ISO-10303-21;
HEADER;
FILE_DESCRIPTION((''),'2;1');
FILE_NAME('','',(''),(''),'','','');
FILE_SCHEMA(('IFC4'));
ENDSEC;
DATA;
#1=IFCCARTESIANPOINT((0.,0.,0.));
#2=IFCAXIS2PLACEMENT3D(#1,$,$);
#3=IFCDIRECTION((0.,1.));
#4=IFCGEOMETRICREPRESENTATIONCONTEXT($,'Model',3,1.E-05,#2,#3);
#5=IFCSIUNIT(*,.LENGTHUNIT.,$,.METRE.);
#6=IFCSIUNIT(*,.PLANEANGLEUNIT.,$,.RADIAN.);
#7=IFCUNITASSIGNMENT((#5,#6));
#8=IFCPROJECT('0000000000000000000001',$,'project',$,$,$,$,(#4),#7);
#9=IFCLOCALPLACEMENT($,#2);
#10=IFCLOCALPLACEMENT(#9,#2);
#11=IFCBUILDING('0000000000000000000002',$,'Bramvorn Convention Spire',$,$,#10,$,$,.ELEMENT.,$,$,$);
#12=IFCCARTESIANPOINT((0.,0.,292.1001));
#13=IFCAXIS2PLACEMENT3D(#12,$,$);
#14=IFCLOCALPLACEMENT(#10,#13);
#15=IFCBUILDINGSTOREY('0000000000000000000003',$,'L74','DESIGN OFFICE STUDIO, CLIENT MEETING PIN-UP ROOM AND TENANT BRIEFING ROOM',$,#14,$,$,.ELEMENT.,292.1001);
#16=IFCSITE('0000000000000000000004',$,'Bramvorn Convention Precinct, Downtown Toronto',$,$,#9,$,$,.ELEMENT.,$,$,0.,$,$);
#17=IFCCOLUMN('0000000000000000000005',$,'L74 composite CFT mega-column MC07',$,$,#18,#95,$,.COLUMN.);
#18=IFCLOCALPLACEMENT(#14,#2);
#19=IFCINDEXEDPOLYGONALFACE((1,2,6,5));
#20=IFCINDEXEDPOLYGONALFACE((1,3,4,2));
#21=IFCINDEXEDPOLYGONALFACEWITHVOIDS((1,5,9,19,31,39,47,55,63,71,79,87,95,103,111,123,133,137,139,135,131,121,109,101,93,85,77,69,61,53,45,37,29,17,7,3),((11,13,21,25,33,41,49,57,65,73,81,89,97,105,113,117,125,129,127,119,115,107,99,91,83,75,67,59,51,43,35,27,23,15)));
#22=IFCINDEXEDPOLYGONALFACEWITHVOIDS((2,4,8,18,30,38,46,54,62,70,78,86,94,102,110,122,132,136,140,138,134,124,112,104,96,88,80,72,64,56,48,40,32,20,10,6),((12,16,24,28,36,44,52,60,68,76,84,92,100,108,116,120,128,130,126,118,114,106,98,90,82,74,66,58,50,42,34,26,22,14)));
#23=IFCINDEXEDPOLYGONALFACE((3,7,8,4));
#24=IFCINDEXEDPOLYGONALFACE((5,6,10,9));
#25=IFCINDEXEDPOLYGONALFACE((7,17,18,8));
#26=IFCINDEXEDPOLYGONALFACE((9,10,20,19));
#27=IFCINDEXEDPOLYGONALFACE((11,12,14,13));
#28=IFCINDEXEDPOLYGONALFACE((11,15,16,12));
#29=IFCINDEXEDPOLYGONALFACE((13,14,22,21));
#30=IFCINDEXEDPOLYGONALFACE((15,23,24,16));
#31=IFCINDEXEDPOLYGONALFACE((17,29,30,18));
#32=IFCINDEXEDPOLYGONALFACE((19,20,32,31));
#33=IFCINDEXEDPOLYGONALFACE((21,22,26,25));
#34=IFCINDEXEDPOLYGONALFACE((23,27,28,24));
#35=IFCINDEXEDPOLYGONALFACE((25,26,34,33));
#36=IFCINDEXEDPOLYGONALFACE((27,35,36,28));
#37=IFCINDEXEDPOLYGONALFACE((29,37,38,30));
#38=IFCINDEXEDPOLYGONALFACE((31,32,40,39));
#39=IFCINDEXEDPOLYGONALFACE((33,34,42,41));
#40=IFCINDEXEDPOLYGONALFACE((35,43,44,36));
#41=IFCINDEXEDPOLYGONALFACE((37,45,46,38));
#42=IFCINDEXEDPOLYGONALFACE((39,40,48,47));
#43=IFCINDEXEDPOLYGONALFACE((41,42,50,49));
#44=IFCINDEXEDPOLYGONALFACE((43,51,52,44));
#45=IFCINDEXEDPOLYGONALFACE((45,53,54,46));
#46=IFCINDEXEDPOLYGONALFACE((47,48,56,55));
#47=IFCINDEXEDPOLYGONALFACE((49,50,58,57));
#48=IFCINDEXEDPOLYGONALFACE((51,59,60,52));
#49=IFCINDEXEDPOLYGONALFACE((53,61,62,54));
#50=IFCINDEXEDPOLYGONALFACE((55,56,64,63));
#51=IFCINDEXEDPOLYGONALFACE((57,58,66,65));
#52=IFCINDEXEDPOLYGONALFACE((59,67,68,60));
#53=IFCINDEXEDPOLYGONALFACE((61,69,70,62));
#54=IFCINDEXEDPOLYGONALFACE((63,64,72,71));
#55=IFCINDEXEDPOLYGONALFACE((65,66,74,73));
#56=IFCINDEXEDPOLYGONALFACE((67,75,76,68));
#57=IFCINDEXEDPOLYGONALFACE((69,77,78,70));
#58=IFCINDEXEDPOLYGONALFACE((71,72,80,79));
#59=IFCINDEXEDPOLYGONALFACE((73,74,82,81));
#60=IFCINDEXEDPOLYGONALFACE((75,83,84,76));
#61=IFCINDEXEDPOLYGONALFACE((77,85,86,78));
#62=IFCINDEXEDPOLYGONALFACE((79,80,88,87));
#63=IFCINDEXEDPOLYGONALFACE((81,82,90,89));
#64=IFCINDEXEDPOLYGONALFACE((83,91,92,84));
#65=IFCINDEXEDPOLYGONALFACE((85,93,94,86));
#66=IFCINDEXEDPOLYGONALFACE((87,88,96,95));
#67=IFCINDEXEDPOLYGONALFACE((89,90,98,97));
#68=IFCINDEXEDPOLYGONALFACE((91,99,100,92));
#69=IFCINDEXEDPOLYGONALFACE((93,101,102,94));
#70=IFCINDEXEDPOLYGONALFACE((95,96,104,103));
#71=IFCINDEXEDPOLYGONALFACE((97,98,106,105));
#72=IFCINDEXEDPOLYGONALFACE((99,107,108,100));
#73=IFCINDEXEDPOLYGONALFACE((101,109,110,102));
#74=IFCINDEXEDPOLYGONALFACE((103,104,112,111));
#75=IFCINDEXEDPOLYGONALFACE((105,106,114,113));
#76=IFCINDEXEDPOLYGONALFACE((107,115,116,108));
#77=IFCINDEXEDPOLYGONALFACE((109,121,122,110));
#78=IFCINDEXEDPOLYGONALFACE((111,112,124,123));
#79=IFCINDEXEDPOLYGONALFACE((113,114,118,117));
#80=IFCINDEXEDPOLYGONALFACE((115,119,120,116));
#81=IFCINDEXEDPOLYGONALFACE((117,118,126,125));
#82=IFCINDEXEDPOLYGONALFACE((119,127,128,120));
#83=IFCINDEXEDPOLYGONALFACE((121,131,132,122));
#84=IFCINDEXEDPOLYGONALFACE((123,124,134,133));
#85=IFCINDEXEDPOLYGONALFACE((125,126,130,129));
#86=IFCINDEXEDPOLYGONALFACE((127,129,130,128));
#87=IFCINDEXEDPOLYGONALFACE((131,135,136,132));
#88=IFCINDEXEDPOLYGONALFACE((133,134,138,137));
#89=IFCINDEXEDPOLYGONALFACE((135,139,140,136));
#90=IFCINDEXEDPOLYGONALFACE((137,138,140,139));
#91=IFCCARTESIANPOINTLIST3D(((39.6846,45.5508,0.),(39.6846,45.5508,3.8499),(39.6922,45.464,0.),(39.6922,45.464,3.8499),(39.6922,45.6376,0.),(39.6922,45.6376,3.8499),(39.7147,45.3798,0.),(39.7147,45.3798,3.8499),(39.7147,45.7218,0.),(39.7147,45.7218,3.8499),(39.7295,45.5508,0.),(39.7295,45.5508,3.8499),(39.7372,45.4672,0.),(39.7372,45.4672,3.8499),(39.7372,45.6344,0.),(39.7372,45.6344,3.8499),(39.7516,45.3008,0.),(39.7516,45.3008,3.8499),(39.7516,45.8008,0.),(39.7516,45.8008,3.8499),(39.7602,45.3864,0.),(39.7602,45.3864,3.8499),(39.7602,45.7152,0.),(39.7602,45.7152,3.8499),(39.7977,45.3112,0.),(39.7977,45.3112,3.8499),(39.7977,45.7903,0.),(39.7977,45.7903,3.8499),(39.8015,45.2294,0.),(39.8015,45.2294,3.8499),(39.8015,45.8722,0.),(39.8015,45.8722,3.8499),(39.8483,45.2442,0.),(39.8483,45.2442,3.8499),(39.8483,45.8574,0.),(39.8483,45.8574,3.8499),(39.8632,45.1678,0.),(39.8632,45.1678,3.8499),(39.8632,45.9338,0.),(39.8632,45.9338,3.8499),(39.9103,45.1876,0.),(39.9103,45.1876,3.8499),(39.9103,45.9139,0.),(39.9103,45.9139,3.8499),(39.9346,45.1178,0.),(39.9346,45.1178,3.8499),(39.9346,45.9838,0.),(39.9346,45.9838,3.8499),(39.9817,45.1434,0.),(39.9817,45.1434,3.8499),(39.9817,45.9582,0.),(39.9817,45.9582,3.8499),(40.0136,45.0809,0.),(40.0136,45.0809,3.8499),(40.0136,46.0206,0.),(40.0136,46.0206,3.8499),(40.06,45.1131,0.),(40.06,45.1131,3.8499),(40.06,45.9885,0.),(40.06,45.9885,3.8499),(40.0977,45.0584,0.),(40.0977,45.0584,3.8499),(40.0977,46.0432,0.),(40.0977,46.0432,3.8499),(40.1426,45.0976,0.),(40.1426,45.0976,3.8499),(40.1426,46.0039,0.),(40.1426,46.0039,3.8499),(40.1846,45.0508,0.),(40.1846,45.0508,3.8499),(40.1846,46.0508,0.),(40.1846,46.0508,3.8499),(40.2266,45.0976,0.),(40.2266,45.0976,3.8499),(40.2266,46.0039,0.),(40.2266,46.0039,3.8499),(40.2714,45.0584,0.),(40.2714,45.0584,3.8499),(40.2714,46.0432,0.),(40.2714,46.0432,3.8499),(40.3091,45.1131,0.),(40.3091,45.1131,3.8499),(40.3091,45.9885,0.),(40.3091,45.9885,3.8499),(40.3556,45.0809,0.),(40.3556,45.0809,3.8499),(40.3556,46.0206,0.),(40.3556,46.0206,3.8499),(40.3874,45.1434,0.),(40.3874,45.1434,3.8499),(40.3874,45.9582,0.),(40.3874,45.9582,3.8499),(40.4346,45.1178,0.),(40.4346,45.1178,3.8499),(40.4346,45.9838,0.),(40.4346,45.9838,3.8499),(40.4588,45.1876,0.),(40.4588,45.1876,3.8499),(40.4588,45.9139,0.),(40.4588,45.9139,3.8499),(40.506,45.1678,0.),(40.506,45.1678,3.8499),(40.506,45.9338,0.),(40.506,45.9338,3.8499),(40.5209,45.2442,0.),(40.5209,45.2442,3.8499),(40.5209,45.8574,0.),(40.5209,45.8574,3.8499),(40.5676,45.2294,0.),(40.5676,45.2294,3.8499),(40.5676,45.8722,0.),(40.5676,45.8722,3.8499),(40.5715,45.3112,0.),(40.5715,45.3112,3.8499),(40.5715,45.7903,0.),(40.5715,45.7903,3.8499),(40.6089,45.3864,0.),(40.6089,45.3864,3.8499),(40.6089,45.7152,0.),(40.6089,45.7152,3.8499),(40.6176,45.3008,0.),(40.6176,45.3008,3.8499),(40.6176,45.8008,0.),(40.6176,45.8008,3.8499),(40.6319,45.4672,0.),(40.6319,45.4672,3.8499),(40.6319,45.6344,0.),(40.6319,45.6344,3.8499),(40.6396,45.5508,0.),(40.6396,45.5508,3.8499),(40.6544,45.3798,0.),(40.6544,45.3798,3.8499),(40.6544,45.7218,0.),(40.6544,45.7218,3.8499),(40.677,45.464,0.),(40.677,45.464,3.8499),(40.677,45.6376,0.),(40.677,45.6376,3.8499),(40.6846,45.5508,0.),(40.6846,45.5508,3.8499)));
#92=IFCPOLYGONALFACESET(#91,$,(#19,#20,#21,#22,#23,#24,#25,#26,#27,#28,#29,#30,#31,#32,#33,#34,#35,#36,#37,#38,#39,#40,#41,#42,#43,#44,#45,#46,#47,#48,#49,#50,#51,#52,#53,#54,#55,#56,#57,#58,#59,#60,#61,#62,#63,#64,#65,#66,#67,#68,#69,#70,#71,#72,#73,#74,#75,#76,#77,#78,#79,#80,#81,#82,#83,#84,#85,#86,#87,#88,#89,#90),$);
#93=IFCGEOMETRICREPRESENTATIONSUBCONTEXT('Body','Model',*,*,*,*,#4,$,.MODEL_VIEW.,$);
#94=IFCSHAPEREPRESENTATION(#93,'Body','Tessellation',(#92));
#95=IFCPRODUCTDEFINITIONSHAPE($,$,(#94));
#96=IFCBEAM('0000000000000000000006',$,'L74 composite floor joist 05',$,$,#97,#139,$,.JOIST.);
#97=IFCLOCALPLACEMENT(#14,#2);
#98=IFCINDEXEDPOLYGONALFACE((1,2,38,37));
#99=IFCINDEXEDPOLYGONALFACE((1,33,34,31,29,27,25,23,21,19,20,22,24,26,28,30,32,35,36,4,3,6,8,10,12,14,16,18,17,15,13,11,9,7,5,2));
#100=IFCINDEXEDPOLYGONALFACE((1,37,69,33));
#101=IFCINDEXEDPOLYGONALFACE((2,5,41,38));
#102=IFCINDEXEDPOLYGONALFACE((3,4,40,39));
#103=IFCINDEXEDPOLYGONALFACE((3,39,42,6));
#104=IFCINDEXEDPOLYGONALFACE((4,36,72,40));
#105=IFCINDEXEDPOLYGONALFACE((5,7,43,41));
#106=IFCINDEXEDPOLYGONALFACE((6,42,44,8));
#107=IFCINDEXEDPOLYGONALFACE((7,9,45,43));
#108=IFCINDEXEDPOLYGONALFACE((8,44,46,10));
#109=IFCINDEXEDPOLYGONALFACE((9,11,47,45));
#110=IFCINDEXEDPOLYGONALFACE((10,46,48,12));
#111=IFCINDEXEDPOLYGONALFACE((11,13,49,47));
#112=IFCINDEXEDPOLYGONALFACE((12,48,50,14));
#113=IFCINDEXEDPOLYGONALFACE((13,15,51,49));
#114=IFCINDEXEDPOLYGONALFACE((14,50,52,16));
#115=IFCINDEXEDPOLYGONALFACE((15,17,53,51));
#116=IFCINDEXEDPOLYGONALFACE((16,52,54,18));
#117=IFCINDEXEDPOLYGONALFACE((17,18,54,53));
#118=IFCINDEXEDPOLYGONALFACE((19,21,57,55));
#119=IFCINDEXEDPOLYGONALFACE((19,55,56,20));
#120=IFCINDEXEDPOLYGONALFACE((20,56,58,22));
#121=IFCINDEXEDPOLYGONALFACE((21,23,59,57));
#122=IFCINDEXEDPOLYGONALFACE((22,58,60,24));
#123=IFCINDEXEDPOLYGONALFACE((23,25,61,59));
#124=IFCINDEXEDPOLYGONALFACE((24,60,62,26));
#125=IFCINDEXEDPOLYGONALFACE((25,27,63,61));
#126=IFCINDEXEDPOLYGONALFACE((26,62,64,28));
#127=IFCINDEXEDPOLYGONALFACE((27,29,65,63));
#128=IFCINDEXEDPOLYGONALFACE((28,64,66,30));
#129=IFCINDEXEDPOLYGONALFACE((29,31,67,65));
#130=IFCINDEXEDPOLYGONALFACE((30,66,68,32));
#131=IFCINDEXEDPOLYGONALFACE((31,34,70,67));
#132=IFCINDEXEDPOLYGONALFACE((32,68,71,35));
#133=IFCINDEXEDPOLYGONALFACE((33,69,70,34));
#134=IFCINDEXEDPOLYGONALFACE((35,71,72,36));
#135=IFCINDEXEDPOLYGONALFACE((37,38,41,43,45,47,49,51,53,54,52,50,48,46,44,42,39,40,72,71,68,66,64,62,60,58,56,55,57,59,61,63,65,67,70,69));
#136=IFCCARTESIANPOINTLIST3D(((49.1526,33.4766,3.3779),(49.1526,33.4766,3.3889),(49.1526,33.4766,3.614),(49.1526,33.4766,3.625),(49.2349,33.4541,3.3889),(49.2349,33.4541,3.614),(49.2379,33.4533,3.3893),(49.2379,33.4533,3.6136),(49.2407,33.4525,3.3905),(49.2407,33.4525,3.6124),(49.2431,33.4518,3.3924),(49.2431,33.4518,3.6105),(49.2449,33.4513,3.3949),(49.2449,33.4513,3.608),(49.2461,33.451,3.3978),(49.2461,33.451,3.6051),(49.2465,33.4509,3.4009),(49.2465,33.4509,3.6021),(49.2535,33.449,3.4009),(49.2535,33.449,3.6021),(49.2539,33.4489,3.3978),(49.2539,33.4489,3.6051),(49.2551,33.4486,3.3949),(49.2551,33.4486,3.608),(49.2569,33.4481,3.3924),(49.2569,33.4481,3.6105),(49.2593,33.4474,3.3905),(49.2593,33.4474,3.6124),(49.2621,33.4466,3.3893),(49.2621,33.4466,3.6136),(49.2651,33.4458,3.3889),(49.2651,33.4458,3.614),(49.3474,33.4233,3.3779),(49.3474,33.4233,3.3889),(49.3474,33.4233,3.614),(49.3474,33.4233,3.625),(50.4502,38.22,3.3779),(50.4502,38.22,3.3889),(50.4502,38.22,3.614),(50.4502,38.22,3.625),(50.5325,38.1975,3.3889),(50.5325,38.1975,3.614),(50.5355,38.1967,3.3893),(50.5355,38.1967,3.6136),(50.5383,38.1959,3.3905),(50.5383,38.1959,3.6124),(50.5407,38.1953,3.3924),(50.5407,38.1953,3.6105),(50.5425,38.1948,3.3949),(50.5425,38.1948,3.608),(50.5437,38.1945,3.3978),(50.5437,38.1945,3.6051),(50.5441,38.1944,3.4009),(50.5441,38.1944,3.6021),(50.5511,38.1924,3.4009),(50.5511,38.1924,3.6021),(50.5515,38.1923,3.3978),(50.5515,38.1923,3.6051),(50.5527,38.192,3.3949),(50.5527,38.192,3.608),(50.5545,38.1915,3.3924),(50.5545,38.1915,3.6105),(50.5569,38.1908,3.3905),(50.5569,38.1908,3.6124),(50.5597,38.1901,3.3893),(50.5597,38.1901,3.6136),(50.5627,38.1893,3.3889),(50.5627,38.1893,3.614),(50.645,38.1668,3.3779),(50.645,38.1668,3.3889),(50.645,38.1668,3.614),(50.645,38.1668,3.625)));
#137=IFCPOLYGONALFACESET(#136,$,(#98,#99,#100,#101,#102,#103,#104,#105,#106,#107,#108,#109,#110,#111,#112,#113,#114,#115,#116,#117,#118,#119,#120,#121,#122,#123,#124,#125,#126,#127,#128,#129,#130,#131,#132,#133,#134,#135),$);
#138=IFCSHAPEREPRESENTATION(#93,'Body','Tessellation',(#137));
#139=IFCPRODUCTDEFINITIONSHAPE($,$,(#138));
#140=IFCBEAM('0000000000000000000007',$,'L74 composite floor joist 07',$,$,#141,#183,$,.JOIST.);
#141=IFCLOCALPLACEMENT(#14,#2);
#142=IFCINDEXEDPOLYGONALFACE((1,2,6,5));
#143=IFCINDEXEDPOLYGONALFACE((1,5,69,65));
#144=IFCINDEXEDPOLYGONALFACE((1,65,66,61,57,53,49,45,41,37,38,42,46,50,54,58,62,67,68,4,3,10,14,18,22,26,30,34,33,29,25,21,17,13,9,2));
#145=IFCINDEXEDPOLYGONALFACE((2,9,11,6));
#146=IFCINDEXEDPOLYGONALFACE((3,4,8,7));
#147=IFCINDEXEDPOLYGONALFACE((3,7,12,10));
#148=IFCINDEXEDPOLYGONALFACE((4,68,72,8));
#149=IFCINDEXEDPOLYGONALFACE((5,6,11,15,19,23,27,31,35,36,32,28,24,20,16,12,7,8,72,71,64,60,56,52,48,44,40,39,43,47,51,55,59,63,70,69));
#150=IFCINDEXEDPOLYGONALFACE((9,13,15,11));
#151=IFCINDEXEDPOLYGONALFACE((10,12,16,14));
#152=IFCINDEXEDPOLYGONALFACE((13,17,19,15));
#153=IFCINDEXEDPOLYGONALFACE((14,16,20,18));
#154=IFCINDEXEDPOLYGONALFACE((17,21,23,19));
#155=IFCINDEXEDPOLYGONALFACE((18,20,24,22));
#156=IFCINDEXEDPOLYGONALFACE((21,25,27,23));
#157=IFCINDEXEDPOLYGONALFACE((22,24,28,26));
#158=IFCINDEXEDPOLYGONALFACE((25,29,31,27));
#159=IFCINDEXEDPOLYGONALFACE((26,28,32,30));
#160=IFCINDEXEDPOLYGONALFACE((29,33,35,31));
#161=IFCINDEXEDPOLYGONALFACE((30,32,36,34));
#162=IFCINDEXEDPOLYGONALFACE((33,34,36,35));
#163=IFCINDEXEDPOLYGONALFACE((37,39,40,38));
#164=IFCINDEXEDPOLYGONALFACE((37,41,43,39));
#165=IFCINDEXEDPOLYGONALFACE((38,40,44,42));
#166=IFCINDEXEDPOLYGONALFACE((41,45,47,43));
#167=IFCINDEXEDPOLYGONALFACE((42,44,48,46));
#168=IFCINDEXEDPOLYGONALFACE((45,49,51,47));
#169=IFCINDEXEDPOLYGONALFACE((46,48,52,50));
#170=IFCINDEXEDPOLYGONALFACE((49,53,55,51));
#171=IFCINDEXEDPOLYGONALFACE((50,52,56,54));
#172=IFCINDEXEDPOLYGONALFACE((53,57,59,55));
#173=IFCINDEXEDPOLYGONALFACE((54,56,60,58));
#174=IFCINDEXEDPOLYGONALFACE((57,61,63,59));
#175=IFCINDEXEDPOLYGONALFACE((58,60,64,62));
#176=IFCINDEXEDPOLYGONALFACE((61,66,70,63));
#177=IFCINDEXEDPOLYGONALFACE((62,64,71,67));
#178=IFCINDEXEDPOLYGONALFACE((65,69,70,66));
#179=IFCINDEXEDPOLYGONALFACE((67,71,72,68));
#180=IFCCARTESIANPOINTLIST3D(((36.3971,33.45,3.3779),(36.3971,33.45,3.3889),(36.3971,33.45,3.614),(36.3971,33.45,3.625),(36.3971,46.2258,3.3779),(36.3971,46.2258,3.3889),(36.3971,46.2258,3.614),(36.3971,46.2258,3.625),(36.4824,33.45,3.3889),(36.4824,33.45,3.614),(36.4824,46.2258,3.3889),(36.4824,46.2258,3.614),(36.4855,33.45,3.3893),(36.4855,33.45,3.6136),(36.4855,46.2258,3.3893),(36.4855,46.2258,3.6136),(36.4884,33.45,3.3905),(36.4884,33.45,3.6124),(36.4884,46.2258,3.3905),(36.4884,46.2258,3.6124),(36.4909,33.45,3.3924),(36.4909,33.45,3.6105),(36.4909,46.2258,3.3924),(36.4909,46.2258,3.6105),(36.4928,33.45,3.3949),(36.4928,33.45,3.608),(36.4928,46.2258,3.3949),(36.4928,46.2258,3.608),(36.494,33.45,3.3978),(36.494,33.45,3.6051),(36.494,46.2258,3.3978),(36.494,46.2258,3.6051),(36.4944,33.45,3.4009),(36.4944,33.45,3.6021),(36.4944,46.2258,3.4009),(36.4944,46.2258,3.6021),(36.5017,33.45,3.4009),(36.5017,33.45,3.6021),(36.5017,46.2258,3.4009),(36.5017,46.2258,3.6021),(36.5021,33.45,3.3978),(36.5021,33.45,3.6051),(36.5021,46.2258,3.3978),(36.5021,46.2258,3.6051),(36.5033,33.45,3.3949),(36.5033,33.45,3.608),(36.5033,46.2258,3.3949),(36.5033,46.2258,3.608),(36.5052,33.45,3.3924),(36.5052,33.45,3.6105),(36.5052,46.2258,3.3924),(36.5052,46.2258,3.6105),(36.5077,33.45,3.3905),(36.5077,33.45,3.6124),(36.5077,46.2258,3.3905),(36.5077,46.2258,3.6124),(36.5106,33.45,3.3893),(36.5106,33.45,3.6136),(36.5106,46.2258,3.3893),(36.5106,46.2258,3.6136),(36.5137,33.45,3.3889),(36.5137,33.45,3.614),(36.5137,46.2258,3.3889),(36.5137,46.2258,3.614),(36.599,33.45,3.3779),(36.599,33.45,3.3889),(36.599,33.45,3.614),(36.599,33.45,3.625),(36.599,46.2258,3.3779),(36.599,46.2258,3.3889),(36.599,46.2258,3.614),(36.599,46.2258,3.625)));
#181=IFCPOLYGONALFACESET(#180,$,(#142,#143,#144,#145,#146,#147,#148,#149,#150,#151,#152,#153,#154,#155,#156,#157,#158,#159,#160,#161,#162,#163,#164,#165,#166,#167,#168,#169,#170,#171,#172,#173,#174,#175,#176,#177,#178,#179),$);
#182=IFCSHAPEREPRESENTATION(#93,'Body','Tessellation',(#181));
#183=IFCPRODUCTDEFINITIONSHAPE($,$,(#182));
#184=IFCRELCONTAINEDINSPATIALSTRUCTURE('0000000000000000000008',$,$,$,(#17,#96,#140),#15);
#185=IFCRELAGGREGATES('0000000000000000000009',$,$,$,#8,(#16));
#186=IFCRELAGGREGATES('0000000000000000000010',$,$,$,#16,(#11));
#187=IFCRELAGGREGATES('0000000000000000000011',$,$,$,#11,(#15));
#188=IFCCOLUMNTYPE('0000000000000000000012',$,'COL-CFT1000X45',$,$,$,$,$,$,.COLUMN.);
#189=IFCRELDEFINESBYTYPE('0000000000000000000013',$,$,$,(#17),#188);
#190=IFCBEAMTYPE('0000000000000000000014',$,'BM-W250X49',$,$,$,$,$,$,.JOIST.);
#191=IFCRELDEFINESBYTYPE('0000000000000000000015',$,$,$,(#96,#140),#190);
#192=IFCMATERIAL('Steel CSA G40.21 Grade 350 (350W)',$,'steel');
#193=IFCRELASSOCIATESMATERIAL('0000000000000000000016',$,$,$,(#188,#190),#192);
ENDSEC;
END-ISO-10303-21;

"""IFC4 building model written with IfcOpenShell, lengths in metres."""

from ifc_helpers import new_model, si_unit, direction, frame, origin, origin_2d, place, context, subcontext, project, spatial, hollow_circle, i_section, extrude, material, material_profile, profile_set, type_object, element, save


model = new_model("IFC4")

# Units and contexts
model_context = context("Model", 3, precision=1e-05, world=origin(), true_north=direction((0.0, 1.0)))
body_context = subcontext(model_context, "Body", "Model", "MODEL_VIEW")
ifc_project = project(units=[si_unit("LENGTHUNIT", "METRE"), si_unit("PLANEANGLEUNIT", "RADIAN")], contexts=[model_context])

# Site, building, storey
site_placement = place(None, origin())
site = spatial("IfcSite", under=ifc_project, at=site_placement, Name="Bramvorn Convention Precinct, Downtown Toronto", CompositionType="ELEMENT", RefElevation=0.0)
building_placement = place(site_placement, origin())
building = spatial("IfcBuilding", under=site, at=building_placement, Name="Bramvorn Convention Spire", CompositionType="ELEMENT")
storey_placement = place(building_placement, frame((0.0, 0.0, 292.1001)))
storey = spatial("IfcBuildingStorey", under=building, at=storey_placement, Name="L74", Description="DESIGN OFFICE STUDIO, CLIENT MEETING PIN-UP ROOM AND TENANT BRIEFING ROOM", CompositionType="ELEMENT", Elevation=292.1001)

# Column
ifc_material_1 = material(Name="Steel CSA G40.21 Grade 350 (350W)", Category="steel")
ifc_material_profile_1 = material_profile(ifc_material_1, hollow_circle(Radius=0.5, WallThickness=0.0449, at=origin_2d()))
ifc_profile_set_1 = profile_set([ifc_material_profile_1], Name="Steel CSA G40.21 Grade 350 (350W) - CFT1000X45")
column_type = type_object("IfcColumnType", Name="COL-CFT1000X45", PredefinedType="COLUMN", material=ifc_profile_set_1)
for number, where, z_axis, x_axis, name in (
    (1, (40.1846, 45.5508, 0.0), (0.0, 0.0, 1.0), (1.0, 0.0, 0.0), "L74 composite CFT mega-column MC07"),
):
    element("IfcColumn", number, at=place(storey_placement, frame(where, z_axis=z_axis, x_axis=x_axis)), inside=storey, type_object=column_type, Name=name, PredefinedType="COLUMN", context=body_context, shape_type="SweptSolid", body=[
        extrude(hollow_circle(Radius=0.5, WallThickness=0.0449, at=origin_2d()), origin(), (0.0, 0.0, 1.0), 3.8499),
    ])

# Beams
ifc_material_profile_2 = material_profile(ifc_material_1, i_section(OverallWidth=0.2019, OverallDepth=0.2471, WebThickness=0.0073, FlangeThickness=0.011, FilletRadius=0.012, at=origin_2d()))
ifc_profile_set_2 = profile_set([ifc_material_profile_2], Name="Steel CSA G40.21 Grade 350 (350W) - W250X49")
beam_type_1 = type_object("IfcBeamType", Name="BM-W250X49", PredefinedType="JOIST", material=ifc_profile_set_2)
beam_1_placement = place(storey_placement, frame((49.25, 33.45, 3.5015), z_axis=(0.263865, 0.96456, 0.0), x_axis=(-0.96456, 0.263865, 0.0)))
element("IfcBeam", 2, at=beam_1_placement, inside=storey, type_object=beam_type_1, Name="L74 composite floor joist 05", PredefinedType="JOIST", context=body_context, shape_type="SweptSolid", body=[
    extrude(i_section(OverallWidth=0.2019, OverallDepth=0.2471, WebThickness=0.0073, FlangeThickness=0.011, FilletRadius=0.012, at=origin_2d()), origin(), (0.0, 0.0, 1.0), 4.9177),
])
beam_2_placement = place(storey_placement, frame((36.498, 33.45, 3.5015), z_axis=(0.0, 1.0, 0.0), x_axis=(-1.0, 0.0, 0.0)))
element("IfcBeam", 3, at=beam_2_placement, inside=storey, type_object=beam_type_1, Name="L74 composite floor joist 07", PredefinedType="JOIST", context=body_context, shape_type="SweptSolid", body=[
    extrude(i_section(OverallWidth=0.2019, OverallDepth=0.2471, WebThickness=0.0073, FlangeThickness=0.011, FilletRadius=0.012, at=origin_2d()), origin(), (0.0, 0.0, 1.0), 12.7759),
])

save(model, "model.ifc")
